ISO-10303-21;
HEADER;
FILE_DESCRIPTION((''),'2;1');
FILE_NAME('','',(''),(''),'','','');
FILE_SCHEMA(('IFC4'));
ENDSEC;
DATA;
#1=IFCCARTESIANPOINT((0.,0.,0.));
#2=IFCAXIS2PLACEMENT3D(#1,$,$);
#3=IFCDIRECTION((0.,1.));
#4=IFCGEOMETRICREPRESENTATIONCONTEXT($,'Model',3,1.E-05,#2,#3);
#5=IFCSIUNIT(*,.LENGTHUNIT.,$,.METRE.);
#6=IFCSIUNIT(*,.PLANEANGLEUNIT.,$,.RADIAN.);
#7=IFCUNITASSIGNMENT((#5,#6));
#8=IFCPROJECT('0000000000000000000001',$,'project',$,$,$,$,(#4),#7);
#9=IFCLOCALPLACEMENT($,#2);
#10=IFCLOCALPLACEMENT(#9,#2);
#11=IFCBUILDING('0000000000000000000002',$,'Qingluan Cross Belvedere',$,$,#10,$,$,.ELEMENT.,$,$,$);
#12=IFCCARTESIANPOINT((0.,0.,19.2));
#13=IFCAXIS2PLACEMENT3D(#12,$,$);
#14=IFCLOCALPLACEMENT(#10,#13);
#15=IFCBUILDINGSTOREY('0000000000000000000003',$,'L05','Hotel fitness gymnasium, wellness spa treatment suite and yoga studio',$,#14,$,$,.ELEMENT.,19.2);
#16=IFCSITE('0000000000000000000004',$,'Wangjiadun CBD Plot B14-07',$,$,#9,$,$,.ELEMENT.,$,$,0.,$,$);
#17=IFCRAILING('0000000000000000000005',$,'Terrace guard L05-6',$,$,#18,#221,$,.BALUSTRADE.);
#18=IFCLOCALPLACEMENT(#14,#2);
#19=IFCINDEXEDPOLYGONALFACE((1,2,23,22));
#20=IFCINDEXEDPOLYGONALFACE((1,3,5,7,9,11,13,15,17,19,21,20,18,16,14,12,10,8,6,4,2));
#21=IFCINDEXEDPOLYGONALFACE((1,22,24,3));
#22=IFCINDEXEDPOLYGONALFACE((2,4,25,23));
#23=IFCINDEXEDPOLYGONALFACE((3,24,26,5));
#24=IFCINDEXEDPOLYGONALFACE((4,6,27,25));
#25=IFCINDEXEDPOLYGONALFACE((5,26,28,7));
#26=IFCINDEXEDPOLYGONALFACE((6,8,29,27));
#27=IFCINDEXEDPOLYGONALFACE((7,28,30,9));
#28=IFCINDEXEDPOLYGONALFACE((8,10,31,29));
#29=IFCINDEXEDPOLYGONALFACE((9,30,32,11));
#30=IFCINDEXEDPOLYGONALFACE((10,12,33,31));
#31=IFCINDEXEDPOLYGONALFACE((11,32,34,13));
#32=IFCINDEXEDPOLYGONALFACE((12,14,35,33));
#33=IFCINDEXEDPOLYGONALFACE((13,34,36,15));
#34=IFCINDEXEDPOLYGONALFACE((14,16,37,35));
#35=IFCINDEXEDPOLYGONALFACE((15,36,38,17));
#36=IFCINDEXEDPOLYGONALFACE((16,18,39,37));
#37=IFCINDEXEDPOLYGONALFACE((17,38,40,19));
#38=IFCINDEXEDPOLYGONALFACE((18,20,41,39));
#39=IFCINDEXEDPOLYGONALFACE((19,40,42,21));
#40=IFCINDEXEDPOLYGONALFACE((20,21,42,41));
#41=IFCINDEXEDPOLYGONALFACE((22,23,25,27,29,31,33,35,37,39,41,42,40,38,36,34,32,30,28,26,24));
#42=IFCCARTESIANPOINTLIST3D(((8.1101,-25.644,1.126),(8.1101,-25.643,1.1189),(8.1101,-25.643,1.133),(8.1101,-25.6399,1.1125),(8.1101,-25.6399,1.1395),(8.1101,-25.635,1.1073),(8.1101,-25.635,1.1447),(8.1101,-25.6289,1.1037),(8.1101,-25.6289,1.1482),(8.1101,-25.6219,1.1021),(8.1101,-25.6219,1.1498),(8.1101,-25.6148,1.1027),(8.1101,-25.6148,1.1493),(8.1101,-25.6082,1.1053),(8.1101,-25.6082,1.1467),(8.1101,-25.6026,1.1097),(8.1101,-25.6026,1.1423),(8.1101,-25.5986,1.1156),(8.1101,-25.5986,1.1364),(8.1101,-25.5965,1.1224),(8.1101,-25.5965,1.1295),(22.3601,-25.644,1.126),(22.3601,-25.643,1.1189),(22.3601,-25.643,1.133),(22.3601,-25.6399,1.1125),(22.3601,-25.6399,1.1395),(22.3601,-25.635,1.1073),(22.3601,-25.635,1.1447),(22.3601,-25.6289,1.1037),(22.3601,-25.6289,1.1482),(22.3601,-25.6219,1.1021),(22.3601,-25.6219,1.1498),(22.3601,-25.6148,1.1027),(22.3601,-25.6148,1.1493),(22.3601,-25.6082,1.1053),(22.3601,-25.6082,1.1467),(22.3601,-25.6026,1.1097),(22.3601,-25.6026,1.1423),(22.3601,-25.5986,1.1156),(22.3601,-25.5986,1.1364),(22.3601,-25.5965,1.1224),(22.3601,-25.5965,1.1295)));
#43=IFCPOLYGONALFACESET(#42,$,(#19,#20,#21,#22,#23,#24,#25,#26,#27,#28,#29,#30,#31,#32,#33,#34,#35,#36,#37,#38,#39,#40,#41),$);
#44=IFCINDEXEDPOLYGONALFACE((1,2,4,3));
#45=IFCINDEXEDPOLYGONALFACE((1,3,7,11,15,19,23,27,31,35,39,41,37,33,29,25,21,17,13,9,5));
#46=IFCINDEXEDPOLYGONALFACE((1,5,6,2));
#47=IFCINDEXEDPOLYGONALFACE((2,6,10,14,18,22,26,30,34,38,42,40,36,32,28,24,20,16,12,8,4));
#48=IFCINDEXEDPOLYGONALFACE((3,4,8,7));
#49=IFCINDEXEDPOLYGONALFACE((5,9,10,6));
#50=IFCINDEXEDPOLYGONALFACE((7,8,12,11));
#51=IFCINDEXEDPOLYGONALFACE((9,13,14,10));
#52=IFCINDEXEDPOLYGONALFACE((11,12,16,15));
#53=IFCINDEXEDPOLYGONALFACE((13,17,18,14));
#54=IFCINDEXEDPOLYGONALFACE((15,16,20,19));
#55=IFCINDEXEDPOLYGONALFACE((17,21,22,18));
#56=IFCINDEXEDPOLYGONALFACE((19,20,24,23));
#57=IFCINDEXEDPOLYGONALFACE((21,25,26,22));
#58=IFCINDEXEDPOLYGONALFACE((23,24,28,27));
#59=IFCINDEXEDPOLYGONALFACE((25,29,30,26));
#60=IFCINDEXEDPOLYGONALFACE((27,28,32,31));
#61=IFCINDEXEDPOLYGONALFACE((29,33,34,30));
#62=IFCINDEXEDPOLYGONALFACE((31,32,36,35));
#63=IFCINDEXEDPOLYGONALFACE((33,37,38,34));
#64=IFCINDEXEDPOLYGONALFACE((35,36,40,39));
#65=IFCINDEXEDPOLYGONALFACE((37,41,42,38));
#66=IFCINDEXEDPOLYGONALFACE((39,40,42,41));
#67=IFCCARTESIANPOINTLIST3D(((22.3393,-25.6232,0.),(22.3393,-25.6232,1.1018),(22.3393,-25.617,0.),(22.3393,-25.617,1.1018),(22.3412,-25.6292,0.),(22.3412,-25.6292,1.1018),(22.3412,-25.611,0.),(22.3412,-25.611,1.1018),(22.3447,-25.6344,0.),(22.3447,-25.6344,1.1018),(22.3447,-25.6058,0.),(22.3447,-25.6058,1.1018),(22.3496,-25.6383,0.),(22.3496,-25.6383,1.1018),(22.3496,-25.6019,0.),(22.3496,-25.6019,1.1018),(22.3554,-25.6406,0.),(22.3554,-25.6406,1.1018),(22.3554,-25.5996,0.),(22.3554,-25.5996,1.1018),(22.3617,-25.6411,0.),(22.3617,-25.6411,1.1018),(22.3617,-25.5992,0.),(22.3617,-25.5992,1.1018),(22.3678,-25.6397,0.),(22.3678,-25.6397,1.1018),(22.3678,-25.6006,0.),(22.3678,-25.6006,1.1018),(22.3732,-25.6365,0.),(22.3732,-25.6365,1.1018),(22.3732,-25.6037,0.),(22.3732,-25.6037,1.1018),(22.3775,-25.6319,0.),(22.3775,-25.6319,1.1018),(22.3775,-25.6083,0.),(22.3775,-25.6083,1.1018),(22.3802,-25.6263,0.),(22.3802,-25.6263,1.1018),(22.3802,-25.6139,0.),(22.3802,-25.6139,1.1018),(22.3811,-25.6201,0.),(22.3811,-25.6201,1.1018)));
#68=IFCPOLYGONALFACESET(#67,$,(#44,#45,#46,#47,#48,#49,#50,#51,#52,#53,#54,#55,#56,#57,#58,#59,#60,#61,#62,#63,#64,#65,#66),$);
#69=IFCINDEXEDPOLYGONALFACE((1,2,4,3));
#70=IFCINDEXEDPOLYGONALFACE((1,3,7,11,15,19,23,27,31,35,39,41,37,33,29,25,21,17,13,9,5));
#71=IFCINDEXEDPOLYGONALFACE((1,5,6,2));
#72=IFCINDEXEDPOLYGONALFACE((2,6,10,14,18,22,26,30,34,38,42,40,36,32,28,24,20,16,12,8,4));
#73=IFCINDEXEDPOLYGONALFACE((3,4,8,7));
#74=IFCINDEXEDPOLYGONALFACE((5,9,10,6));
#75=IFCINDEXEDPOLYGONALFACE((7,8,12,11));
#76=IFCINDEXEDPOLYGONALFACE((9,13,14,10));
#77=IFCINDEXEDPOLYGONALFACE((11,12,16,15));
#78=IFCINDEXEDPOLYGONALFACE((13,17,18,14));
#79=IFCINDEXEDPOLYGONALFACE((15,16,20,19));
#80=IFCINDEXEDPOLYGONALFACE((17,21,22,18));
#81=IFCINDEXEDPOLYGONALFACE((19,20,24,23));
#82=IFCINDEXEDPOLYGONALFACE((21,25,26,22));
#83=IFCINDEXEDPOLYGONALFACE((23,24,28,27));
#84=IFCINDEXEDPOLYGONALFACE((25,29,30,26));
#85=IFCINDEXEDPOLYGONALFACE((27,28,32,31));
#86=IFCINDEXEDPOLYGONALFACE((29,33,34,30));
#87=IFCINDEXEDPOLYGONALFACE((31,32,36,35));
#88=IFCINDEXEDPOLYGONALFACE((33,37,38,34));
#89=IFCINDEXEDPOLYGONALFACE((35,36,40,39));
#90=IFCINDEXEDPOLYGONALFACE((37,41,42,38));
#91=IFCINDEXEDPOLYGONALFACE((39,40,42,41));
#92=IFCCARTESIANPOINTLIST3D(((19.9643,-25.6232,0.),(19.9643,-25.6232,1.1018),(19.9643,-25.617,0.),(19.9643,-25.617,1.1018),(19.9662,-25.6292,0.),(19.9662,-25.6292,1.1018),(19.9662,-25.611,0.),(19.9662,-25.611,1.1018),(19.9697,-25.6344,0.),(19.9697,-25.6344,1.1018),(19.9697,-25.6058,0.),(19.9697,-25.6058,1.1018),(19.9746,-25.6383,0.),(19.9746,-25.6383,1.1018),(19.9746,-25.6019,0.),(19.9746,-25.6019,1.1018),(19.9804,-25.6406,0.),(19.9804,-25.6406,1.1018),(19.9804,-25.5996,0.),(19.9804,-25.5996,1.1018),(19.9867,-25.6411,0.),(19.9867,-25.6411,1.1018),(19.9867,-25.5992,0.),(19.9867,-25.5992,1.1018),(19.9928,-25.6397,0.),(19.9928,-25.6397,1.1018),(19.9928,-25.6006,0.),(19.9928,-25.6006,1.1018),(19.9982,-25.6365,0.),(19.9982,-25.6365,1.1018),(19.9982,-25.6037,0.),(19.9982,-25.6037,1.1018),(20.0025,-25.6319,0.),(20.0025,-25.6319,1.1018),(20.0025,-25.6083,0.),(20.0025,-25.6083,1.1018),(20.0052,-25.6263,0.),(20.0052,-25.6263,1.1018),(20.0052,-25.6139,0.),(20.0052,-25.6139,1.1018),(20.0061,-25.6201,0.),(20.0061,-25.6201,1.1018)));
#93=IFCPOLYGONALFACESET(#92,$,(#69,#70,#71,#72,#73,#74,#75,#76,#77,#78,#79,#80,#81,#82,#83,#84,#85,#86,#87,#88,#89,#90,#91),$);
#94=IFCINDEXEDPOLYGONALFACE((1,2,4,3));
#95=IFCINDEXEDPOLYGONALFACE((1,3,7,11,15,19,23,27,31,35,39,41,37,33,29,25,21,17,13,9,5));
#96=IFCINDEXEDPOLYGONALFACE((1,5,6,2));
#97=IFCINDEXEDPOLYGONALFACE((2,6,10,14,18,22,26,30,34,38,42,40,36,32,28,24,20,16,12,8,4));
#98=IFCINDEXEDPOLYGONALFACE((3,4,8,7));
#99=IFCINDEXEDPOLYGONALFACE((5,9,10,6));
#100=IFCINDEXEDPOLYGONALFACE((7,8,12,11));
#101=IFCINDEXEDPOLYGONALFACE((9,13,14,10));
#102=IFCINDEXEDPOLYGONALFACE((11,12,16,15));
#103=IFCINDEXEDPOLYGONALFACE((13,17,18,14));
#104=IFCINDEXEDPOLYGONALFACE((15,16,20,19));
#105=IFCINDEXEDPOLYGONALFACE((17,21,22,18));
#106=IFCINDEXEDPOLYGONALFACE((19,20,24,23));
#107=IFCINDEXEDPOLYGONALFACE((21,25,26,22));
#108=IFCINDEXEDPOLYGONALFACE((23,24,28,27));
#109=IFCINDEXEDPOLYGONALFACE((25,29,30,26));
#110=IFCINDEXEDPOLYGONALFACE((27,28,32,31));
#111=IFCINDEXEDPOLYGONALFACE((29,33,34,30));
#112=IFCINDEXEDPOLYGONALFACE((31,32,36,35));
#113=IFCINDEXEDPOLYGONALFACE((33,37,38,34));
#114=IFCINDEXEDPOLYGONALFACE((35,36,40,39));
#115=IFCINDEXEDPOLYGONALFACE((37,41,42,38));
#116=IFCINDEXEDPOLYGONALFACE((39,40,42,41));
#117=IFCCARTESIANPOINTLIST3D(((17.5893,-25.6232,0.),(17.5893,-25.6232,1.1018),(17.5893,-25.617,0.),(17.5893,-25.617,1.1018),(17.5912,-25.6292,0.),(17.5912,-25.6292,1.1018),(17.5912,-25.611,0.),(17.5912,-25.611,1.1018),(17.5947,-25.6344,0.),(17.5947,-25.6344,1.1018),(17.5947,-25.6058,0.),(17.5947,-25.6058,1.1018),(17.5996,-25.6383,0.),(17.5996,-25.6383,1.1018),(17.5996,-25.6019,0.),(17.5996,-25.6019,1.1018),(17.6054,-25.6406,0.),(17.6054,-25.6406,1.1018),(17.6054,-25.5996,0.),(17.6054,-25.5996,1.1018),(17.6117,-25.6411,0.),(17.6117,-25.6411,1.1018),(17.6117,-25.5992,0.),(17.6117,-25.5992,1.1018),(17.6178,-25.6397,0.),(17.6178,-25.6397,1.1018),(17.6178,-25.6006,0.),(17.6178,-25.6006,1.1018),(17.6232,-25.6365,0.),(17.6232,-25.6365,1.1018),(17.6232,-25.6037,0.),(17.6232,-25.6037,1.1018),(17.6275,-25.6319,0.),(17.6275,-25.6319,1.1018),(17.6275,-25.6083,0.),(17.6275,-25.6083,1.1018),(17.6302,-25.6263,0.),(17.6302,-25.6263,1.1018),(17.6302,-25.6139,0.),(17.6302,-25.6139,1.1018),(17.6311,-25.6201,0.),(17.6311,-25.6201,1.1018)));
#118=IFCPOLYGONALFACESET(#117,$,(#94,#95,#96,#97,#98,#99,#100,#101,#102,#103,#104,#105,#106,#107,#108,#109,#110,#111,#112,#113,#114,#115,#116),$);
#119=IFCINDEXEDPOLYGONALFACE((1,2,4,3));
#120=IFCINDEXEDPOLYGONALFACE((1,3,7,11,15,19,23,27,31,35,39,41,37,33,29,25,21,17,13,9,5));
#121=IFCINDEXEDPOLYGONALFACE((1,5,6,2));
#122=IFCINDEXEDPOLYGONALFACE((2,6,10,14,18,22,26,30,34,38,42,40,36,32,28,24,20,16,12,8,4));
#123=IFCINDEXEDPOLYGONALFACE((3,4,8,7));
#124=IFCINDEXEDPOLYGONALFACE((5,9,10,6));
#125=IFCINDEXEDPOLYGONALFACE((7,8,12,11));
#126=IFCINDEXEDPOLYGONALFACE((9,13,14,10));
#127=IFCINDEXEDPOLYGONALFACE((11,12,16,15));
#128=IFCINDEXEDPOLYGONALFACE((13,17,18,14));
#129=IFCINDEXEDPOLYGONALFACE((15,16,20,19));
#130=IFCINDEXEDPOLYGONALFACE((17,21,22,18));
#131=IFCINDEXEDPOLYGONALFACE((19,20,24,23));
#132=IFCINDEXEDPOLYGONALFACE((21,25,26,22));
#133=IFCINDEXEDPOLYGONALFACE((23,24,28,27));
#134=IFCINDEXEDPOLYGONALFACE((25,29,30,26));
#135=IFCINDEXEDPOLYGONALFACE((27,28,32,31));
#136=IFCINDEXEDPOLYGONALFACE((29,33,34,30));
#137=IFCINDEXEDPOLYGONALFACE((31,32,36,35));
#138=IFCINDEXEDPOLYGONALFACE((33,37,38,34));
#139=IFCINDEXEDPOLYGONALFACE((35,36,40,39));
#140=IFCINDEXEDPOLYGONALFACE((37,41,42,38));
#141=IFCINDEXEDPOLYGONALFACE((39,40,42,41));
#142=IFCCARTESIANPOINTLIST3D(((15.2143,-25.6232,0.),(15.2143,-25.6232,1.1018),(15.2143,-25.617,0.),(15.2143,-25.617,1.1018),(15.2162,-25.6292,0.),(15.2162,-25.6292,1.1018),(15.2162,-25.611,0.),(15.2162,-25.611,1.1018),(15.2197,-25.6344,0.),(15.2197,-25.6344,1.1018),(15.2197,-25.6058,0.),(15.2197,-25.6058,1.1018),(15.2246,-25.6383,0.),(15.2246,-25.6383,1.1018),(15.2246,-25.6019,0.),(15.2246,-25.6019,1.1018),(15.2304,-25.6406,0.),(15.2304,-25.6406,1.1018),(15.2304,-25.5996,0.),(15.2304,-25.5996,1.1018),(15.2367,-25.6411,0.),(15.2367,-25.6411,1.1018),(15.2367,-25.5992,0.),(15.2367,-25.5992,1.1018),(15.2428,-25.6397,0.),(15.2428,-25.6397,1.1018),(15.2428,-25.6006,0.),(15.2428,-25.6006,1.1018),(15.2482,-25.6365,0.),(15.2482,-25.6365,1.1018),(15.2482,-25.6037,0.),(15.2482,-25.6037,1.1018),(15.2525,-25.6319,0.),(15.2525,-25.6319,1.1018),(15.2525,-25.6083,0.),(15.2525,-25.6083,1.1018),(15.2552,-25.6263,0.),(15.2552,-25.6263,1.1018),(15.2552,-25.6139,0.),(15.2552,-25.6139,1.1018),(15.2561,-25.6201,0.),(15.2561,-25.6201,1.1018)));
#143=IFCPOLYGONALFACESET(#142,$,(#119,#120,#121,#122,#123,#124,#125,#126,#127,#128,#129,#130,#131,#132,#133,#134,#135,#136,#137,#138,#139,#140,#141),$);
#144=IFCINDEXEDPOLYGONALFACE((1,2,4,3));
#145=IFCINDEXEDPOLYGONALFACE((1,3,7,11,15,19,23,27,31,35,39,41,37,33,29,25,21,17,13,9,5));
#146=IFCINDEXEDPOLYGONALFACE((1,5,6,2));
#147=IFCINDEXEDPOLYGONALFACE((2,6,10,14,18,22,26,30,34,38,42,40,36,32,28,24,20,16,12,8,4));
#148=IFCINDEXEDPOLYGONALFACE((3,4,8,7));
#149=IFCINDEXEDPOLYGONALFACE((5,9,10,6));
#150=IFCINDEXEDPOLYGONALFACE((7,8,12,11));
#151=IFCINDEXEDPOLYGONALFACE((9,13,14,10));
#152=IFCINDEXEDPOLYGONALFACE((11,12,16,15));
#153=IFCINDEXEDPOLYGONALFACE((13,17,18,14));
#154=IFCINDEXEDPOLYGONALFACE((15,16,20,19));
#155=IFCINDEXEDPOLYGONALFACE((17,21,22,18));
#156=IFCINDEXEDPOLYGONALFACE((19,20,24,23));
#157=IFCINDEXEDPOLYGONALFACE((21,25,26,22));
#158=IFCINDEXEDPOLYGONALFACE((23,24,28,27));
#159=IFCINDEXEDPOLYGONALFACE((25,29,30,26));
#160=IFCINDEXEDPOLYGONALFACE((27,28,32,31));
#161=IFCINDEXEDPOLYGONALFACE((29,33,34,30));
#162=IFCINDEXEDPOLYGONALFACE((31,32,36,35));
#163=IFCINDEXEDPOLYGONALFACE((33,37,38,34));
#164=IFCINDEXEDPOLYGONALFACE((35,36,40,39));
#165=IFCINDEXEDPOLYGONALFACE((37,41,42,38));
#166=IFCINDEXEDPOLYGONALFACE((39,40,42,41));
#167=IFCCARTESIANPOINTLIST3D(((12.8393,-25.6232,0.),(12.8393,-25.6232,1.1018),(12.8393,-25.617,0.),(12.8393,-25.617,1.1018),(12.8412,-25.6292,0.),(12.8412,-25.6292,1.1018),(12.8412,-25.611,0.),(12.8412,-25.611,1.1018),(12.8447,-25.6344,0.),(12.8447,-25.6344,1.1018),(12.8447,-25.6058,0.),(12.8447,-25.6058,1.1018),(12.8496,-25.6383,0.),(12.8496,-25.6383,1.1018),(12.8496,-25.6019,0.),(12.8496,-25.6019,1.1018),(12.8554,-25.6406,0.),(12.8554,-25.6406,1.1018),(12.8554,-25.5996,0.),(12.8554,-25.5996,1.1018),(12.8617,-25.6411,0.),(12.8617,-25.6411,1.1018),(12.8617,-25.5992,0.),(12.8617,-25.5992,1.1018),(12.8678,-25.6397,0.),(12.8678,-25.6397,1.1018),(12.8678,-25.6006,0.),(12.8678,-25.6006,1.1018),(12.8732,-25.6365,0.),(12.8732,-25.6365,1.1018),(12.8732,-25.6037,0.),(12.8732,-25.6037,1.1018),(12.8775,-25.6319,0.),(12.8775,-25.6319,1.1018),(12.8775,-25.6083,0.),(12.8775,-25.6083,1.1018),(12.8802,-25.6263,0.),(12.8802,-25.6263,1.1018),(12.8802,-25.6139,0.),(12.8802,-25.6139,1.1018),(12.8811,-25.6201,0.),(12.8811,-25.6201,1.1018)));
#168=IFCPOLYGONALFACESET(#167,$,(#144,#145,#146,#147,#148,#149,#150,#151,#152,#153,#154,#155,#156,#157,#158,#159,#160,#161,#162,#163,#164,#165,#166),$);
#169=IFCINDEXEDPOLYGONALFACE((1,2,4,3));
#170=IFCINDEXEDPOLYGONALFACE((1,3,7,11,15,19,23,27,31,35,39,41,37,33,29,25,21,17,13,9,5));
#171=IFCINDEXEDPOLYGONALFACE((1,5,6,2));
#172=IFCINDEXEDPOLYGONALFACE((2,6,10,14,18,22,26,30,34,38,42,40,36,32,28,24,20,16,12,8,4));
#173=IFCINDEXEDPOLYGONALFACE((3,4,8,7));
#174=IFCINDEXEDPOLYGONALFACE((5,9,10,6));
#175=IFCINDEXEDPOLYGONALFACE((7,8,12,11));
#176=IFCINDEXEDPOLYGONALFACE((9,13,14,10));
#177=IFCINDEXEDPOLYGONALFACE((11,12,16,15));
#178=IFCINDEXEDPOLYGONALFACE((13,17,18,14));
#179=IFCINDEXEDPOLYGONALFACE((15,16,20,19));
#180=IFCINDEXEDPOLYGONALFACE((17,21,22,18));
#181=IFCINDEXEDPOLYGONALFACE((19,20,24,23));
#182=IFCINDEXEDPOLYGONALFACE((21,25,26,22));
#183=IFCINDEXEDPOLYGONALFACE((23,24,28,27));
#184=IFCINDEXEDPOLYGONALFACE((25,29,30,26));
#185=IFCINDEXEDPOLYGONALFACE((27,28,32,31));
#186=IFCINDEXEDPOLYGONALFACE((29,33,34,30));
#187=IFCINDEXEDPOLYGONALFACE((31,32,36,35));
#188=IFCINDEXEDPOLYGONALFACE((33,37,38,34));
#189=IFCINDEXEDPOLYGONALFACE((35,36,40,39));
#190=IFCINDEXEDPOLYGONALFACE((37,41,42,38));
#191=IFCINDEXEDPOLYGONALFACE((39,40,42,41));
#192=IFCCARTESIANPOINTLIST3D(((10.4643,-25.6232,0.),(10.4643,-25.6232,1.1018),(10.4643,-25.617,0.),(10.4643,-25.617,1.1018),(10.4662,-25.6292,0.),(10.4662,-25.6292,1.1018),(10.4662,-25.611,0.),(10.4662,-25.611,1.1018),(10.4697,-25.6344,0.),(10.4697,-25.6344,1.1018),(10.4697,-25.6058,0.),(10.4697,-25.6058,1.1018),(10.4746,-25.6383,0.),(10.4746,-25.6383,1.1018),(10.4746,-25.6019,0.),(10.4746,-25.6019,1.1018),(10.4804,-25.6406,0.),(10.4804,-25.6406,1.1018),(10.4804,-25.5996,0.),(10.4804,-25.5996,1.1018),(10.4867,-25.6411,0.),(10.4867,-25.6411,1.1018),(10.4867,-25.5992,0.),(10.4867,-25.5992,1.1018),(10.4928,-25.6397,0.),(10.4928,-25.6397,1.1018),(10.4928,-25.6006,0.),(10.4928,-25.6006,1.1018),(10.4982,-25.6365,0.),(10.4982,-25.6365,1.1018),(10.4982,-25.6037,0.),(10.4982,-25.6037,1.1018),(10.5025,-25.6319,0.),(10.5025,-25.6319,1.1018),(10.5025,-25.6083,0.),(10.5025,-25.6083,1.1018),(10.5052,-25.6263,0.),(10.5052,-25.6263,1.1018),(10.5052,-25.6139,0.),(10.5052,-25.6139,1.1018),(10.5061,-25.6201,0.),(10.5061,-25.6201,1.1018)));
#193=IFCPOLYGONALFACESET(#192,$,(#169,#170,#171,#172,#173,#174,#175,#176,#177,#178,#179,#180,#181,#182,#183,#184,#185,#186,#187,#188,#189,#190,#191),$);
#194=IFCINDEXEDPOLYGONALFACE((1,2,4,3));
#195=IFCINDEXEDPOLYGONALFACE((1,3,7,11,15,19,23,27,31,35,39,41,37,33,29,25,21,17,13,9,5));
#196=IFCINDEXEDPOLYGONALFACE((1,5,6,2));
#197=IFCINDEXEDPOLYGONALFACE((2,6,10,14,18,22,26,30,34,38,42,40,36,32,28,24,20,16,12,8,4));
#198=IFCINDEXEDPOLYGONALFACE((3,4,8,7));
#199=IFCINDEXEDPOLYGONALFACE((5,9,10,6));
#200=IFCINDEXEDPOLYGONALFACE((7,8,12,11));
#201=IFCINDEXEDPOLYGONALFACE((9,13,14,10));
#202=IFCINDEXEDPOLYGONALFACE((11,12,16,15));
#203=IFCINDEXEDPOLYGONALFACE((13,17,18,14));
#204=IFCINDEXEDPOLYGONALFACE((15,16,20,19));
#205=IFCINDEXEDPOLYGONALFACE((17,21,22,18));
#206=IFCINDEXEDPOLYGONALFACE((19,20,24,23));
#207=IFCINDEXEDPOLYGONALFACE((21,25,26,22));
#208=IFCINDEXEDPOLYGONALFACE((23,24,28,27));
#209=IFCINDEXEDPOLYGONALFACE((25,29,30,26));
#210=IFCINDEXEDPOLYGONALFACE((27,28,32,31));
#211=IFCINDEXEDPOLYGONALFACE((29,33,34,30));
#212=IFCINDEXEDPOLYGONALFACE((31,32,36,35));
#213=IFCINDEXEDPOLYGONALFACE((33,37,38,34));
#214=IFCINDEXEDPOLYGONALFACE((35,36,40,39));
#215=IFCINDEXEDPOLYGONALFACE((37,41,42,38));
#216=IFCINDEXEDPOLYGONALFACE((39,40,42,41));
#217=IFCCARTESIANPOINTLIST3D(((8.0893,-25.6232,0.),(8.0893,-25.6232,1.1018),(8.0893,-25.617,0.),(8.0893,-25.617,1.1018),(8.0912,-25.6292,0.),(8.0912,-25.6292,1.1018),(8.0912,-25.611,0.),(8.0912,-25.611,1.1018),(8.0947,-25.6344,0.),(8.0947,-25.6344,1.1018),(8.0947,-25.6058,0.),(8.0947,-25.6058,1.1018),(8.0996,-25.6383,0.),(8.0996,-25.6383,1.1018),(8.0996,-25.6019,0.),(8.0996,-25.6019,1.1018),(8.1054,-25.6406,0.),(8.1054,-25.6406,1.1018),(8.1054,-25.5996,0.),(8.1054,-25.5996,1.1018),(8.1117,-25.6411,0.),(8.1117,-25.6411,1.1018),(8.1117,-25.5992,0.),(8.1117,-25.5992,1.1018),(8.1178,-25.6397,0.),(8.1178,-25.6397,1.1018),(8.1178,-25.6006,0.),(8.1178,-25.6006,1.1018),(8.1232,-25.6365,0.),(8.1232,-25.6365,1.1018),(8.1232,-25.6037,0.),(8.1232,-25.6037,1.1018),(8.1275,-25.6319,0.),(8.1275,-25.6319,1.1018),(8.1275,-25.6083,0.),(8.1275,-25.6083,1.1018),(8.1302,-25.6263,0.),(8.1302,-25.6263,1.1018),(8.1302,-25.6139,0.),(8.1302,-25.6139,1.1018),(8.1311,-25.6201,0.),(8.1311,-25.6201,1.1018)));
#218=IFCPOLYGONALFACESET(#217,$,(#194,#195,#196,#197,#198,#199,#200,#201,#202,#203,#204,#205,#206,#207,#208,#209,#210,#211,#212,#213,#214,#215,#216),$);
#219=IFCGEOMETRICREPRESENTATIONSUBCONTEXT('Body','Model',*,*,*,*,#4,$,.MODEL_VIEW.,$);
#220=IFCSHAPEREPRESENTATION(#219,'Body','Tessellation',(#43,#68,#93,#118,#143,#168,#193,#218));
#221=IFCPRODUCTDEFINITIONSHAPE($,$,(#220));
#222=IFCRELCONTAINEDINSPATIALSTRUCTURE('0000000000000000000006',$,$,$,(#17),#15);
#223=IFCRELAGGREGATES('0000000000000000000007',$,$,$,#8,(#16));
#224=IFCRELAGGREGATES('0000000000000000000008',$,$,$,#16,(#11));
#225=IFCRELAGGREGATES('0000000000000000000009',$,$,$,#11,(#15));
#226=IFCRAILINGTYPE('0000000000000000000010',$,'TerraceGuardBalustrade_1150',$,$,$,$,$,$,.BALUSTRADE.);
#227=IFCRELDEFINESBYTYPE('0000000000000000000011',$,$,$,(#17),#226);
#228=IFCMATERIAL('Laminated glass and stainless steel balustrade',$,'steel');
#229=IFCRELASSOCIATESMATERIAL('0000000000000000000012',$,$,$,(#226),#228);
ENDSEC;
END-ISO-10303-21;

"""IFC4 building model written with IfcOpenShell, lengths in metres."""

from ifc_helpers import new_model, si_unit, direction, frame, origin, origin_2d, place, context, subcontext, project, spatial, circle, extrude, material, type_object, element, save


model = new_model("IFC4")

# Units and contexts
model_context = context("Model", 3, precision=1e-05, world=origin(), true_north=direction((0.0, 1.0)))
body_context = subcontext(model_context, "Body", "Model", "MODEL_VIEW")
ifc_project = project(units=[si_unit("LENGTHUNIT", "METRE"), si_unit("PLANEANGLEUNIT", "RADIAN")], contexts=[model_context])

# Site, building, storey
site_placement = place(None, origin())
site = spatial("IfcSite", under=ifc_project, at=site_placement, Name="Wangjiadun CBD Plot B14-07", CompositionType="ELEMENT", RefElevation=0.0)
building_placement = place(site_placement, origin())
building = spatial("IfcBuilding", under=site, at=building_placement, Name="Qingluan Cross Belvedere", CompositionType="ELEMENT")
storey_placement = place(building_placement, frame((0.0, 0.0, 19.2)))
storey = spatial("IfcBuildingStorey", under=building, at=storey_placement, Name="L05", Description="Hotel fitness gymnasium, wellness spa treatment suite and yoga studio", CompositionType="ELEMENT", Elevation=19.2)

# Railing
ifc_material_1 = material(Name="Laminated glass and stainless steel balustrade", Category="steel")
railing_type = type_object("IfcRailingType", Name="TerraceGuardBalustrade_1150", PredefinedType="BALUSTRADE", material=ifc_material_1)
railing_1_placement = place(storey_placement, frame((22.3601, -25.6201, 0.0)))
element("IfcRailing", 1, at=railing_1_placement, inside=storey, type_object=railing_type, Name="Terrace guard L05-6", PredefinedType="BALUSTRADE", context=body_context, shape_type="SweptSolid", body=[
    extrude(circle(Radius=0.0239, at=origin_2d()), frame((0.0, 0.0, 1.126), z_axis=(-1.0, 0.0, 0.0), x_axis=(0.0, -1.0, 0.0)), (0.0, 0.0, 1.0), 14.25),
    extrude(circle(Radius=0.021, at=origin_2d()), origin(), (0.0, 0.0, 1.0), 1.1018),
    extrude(circle(Radius=0.021, at=origin_2d()), frame((-2.375, 0.0, 0.0)), (0.0, 0.0, 1.0), 1.1018),
    extrude(circle(Radius=0.021, at=origin_2d()), frame((-4.75, 0.0, 0.0)), (0.0, 0.0, 1.0), 1.1018),
    extrude(circle(Radius=0.021, at=origin_2d()), frame((-7.125, 0.0, 0.0)), (0.0, 0.0, 1.0), 1.1018),
    extrude(circle(Radius=0.021, at=origin_2d()), frame((-9.5, 0.0, 0.0)), (0.0, 0.0, 1.0), 1.1018),
    extrude(circle(Radius=0.021, at=origin_2d()), frame((-11.875, 0.0, 0.0)), (0.0, 0.0, 1.0), 1.1018),
    extrude(circle(Radius=0.021, at=origin_2d()), frame((-14.25, 0.0, 0.0)), (0.0, 0.0, 1.0), 1.1018),
])

save(model, "model.ifc")
